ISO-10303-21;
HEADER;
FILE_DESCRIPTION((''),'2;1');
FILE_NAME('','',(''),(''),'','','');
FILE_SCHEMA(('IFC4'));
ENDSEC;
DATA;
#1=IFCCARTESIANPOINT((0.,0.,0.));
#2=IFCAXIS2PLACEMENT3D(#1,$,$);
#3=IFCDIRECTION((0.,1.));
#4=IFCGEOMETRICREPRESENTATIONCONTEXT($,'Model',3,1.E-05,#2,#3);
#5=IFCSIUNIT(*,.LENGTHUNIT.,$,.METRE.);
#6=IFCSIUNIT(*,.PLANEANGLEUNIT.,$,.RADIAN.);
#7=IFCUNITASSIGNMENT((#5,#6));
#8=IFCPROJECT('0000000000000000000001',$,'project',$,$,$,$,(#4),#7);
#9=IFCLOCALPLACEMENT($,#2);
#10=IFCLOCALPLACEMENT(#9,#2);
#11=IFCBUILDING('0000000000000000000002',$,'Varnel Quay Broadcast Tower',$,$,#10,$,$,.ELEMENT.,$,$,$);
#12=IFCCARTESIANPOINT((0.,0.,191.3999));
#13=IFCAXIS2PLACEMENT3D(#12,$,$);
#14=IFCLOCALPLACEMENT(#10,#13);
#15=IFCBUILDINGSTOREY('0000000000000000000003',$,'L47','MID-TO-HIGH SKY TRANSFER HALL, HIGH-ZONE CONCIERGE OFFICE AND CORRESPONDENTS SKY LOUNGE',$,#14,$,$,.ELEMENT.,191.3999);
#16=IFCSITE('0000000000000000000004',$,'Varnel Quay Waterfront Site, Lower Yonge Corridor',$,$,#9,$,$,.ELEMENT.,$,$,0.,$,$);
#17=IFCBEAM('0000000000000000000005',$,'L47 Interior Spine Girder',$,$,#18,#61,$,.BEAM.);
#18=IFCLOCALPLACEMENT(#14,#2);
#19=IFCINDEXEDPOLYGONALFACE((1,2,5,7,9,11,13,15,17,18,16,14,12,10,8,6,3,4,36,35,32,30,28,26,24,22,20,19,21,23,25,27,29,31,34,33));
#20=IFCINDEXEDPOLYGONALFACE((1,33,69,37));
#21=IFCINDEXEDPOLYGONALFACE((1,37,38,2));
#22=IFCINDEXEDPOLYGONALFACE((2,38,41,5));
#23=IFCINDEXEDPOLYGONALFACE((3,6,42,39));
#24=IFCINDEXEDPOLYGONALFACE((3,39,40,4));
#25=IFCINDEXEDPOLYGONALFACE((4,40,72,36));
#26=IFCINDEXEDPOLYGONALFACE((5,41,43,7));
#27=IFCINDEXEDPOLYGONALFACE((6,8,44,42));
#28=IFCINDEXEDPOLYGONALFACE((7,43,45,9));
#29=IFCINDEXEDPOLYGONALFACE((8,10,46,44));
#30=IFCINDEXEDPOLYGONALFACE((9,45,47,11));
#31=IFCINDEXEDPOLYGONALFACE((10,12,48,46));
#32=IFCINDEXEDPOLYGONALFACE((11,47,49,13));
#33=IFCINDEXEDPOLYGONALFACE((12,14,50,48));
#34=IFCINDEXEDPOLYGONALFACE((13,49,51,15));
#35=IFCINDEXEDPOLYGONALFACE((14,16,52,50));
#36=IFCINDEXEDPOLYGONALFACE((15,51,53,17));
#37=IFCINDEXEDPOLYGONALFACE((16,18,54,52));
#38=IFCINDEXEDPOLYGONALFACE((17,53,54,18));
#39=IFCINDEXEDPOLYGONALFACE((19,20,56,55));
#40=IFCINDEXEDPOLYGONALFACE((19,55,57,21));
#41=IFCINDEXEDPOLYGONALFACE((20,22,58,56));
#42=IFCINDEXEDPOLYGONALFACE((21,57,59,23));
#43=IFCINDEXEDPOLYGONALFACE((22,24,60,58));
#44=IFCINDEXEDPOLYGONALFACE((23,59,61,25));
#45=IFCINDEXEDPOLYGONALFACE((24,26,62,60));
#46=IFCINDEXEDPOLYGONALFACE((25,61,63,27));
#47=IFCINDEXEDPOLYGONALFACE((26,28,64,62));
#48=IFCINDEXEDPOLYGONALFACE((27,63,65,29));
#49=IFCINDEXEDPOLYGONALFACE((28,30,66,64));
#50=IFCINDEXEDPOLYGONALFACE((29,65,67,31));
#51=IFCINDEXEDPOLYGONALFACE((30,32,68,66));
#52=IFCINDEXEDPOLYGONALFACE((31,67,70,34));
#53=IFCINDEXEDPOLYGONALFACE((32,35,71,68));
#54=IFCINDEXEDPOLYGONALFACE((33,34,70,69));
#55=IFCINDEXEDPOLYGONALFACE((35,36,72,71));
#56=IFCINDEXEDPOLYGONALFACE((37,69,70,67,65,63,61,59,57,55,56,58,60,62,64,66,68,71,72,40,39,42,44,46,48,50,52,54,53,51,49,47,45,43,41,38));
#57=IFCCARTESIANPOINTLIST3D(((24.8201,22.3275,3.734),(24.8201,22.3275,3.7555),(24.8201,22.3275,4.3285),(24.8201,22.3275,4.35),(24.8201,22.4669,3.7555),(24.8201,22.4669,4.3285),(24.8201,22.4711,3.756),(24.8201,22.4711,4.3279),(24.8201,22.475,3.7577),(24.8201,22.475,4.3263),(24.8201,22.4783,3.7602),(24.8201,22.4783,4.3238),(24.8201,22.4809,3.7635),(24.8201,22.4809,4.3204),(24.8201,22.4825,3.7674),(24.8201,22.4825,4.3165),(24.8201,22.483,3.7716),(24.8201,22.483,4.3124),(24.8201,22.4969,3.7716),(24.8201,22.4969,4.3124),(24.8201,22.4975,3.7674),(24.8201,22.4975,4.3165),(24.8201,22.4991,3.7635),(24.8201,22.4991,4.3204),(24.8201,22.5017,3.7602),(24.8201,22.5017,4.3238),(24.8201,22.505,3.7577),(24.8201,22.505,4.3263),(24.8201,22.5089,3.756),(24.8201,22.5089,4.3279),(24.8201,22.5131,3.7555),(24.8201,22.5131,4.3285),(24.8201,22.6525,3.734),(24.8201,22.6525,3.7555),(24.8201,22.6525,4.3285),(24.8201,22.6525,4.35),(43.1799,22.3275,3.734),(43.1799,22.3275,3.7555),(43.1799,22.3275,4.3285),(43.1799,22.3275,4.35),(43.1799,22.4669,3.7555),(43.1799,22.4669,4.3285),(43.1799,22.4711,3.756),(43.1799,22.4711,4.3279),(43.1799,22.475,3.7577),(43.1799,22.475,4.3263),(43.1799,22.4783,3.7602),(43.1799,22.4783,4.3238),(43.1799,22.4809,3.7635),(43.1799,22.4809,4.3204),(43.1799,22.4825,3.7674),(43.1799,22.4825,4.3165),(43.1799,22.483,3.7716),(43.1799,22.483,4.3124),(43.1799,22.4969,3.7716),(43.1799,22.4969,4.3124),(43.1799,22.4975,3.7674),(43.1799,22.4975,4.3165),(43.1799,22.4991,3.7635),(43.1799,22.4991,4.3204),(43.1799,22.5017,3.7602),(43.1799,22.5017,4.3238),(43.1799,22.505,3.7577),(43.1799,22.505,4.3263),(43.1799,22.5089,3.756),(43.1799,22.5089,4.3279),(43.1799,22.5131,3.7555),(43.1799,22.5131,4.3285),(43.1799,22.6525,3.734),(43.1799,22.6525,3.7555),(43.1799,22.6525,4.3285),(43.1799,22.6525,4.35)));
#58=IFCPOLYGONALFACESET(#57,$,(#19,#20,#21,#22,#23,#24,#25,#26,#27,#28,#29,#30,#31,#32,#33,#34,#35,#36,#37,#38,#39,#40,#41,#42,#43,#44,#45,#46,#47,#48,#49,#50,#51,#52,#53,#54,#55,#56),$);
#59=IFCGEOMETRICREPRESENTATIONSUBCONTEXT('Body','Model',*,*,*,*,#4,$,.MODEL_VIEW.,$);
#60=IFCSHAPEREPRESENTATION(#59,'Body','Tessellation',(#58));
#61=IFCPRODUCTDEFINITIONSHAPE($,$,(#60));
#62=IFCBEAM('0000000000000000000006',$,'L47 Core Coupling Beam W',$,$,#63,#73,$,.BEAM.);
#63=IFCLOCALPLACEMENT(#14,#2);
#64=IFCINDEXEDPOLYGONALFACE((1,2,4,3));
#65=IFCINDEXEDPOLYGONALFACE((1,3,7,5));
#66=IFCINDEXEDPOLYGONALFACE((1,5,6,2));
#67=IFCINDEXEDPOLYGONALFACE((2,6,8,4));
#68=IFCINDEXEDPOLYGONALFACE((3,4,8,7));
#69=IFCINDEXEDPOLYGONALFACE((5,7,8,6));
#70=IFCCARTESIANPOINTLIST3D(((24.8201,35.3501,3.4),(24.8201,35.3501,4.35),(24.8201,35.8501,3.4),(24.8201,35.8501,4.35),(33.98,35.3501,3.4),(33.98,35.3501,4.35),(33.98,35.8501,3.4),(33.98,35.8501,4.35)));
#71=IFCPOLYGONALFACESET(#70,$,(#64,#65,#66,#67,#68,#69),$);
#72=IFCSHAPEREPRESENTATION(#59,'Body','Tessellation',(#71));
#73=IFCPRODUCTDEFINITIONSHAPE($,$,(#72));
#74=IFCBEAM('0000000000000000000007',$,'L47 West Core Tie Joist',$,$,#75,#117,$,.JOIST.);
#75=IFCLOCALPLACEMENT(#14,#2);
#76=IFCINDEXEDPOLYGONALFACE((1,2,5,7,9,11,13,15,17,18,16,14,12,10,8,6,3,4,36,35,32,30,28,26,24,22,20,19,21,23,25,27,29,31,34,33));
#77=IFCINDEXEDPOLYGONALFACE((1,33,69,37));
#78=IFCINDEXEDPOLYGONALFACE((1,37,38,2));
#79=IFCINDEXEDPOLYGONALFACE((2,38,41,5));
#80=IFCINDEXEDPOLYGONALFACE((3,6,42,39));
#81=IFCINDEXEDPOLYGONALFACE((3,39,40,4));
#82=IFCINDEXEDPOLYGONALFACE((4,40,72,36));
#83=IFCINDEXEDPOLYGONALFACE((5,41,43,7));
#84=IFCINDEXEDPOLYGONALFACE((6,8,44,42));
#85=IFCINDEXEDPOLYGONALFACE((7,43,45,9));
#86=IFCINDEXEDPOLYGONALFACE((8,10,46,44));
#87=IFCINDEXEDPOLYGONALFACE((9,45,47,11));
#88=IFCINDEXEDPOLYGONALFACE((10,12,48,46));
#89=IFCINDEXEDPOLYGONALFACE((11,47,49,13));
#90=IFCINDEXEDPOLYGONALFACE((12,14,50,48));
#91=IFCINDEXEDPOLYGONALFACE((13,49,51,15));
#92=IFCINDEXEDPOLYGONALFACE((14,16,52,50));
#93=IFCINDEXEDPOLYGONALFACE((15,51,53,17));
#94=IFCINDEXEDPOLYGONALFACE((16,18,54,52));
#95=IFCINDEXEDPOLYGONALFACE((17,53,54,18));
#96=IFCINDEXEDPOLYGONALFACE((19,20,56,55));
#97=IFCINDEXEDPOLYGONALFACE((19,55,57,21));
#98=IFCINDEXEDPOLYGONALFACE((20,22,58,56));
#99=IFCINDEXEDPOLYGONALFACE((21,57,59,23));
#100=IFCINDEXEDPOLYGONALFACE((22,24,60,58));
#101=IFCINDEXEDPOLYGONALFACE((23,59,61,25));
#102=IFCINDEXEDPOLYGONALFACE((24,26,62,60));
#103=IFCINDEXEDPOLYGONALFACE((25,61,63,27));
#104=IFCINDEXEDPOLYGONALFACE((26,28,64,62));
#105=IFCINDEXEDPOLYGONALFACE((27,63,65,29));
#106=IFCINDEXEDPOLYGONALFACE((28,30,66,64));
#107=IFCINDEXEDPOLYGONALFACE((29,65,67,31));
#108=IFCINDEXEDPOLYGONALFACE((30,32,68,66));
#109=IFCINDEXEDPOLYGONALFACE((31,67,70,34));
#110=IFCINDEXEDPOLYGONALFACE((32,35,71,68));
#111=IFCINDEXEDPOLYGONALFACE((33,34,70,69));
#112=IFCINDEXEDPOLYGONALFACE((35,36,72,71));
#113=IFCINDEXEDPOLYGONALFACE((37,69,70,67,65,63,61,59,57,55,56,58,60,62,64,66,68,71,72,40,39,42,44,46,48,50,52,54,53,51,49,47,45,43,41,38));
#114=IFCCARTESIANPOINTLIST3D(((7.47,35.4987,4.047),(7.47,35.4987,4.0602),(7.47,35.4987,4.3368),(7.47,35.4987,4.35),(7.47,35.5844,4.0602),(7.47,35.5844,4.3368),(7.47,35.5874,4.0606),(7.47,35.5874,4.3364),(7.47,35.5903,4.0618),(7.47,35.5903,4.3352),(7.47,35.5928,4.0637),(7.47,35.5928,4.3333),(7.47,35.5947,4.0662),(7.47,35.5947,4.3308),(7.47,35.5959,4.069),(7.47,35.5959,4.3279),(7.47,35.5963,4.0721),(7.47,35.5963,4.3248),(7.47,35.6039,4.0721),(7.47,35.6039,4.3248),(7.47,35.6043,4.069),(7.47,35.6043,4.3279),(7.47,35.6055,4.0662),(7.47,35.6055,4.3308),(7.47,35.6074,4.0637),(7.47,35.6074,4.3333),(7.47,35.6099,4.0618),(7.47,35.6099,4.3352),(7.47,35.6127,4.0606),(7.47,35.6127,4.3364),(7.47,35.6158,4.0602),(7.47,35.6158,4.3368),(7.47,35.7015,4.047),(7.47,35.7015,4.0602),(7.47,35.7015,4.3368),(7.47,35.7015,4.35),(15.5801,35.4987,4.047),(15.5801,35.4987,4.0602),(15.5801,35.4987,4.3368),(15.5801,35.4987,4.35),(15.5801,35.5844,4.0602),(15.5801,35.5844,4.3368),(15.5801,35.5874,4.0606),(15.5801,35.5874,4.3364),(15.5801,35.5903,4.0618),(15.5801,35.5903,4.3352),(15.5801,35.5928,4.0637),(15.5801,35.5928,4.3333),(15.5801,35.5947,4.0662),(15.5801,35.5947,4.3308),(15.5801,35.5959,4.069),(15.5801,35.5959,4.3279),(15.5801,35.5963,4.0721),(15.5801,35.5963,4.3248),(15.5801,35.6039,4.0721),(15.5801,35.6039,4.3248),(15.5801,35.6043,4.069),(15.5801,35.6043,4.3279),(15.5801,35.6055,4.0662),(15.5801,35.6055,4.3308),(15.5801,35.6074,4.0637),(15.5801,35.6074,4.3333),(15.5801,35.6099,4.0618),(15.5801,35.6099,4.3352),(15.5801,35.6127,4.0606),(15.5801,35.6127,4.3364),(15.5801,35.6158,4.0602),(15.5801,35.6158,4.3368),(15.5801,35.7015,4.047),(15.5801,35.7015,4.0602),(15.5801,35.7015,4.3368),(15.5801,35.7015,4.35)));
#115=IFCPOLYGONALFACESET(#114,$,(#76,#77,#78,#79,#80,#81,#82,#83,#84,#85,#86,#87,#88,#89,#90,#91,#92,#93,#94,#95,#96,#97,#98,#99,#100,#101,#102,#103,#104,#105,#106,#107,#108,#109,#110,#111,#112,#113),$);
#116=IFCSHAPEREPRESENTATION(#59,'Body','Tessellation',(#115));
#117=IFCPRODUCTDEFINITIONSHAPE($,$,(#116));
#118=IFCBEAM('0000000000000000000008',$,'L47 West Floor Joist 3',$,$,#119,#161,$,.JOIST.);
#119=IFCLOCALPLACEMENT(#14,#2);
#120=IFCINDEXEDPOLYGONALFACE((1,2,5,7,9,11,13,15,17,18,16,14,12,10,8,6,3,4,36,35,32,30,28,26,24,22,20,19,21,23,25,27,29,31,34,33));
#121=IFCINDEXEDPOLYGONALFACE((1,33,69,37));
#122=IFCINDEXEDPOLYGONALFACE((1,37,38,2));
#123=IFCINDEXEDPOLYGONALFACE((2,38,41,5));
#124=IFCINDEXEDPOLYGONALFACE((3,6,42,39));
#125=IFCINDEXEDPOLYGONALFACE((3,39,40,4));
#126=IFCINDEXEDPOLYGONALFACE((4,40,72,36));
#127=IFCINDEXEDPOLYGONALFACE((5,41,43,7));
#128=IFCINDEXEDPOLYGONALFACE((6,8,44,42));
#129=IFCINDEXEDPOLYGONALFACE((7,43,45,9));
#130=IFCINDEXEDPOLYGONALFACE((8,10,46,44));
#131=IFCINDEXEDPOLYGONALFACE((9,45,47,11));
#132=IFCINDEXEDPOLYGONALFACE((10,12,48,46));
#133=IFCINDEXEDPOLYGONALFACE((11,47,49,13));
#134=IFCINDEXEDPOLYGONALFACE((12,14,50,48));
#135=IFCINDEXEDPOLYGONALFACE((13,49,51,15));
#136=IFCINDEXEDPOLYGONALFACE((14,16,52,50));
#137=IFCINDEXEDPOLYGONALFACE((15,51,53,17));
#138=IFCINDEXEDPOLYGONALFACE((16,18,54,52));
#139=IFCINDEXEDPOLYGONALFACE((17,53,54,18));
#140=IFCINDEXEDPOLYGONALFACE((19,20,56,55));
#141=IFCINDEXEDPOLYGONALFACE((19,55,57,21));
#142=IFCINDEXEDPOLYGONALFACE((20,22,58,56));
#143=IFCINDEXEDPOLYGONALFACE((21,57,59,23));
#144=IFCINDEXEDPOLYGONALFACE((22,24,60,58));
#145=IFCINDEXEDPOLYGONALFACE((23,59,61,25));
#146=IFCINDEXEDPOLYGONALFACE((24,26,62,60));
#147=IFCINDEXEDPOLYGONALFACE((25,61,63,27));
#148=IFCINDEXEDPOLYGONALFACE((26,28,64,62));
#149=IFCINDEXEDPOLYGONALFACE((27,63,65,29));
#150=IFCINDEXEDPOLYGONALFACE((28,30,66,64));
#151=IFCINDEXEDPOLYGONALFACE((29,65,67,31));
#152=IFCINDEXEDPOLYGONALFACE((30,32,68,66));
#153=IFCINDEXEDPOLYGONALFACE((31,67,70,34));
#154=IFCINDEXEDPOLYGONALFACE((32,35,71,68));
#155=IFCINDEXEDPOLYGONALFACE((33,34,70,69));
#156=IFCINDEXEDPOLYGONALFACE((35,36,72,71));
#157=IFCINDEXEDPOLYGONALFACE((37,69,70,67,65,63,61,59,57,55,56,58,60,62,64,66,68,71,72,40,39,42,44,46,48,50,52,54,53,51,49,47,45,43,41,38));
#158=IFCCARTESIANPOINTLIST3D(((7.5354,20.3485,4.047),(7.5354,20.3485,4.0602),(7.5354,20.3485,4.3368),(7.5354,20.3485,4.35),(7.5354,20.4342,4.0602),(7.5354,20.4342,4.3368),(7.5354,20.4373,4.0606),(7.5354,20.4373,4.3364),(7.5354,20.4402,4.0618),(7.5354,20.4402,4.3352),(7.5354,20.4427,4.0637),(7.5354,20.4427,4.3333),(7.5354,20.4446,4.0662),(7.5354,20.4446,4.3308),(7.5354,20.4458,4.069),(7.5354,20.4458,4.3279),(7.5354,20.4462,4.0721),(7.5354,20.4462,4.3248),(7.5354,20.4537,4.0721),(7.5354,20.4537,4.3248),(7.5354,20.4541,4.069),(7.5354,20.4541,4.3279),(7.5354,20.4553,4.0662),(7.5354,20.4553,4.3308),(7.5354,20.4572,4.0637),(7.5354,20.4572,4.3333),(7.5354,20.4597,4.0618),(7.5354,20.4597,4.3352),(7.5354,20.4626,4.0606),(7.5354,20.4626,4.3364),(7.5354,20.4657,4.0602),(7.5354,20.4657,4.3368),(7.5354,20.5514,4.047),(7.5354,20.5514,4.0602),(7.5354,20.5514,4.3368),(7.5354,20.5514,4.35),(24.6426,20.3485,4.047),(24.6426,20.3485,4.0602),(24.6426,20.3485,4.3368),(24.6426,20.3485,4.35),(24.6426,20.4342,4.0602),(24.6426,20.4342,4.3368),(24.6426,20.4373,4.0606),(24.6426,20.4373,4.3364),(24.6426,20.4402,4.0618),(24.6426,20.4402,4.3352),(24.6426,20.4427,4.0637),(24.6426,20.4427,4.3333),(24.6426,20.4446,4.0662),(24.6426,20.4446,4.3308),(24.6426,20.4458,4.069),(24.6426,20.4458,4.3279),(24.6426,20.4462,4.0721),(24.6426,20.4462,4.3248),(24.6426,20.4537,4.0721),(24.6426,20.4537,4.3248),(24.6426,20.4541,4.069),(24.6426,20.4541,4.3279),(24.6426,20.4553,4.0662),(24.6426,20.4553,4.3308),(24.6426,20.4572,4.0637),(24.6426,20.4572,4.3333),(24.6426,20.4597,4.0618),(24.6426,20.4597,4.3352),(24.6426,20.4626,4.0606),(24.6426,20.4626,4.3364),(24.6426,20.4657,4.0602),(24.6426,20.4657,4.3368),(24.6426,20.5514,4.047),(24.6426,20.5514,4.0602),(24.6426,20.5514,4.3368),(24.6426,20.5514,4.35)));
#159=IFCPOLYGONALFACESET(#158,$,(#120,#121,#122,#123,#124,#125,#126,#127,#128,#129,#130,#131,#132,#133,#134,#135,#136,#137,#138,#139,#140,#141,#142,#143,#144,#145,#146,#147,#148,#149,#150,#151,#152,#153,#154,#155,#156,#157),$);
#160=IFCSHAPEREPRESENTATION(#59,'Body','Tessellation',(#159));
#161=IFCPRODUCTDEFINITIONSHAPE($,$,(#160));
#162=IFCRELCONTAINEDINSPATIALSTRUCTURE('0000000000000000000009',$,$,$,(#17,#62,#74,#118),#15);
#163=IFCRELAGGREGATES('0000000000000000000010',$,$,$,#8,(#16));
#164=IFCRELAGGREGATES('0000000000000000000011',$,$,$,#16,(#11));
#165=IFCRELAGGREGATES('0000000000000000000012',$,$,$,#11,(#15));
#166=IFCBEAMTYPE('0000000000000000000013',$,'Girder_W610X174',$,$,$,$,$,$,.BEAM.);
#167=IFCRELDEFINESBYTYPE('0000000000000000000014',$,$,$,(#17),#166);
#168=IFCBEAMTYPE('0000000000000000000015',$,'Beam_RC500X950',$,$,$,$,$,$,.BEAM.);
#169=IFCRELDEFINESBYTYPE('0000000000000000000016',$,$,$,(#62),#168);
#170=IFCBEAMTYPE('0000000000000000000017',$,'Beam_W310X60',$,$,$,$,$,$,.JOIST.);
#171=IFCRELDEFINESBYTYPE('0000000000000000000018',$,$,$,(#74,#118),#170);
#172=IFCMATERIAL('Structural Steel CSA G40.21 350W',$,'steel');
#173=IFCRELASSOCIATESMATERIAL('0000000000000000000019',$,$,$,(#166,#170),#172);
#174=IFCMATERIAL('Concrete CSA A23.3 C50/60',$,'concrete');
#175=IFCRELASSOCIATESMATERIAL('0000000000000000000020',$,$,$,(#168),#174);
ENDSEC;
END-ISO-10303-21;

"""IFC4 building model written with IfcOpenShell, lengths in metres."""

from ifc_helpers import new_model, si_unit, direction, frame, origin, origin_2d, place, context, subcontext, project, spatial, rectangle, i_section, extrude, source, transform, mapped, material, material_profile, profile_set, type_object, type_shapes, element, save


model = new_model("IFC4")

# Units and contexts
model_context = context("Model", 3, precision=1e-05, world=origin(), true_north=direction((0.0, 1.0)))
body_context = subcontext(model_context, "Body", "Model", "MODEL_VIEW")
ifc_project = project(units=[si_unit("LENGTHUNIT", "METRE"), si_unit("PLANEANGLEUNIT", "RADIAN")], contexts=[model_context])

# Site, building, storey
site_placement = place(None, origin())
site = spatial("IfcSite", under=ifc_project, at=site_placement, Name="Varnel Quay Waterfront Site, Lower Yonge Corridor", CompositionType="ELEMENT", RefElevation=0.0)
building_placement = place(site_placement, origin())
building = spatial("IfcBuilding", under=site, at=building_placement, Name="Varnel Quay Broadcast Tower", CompositionType="ELEMENT")
storey_placement = place(building_placement, frame((0.0, 0.0, 191.3999)))
storey = spatial("IfcBuildingStorey", under=building, at=storey_placement, Name="L47", Description="MID-TO-HIGH SKY TRANSFER HALL, HIGH-ZONE CONCIERGE OFFICE AND CORRESPONDENTS SKY LOUNGE", CompositionType="ELEMENT", Elevation=191.3999)

# Shared definitions
ifc_material_1 = material(Name="Structural Steel CSA G40.21 350W", Category="steel")
ifc_material_2 = material(Name="Concrete CSA A23.3 C50/60", Category="concrete")

# Beams
ifc_material_profile_1 = material_profile(ifc_material_1, i_section(OverallWidth=0.325, OverallDepth=0.616, WebThickness=0.0139, FlangeThickness=0.0215, FilletRadius=0.0161, at=origin_2d()), Name="W610X174")
ifc_profile_set_1 = profile_set([ifc_material_profile_1], Name="Structural Steel CSA G40.21 350W")
beam_type_1 = type_object("IfcBeamType", Name="Girder_W610X174", PredefinedType="BEAM", material=ifc_profile_set_1)
shared_shape_1 = source(origin(), body_context, "Body", "SweptSolid", [
    extrude(i_section(OverallWidth=0.325, OverallDepth=0.616, WebThickness=0.0139, FlangeThickness=0.0215, FilletRadius=0.0161, at=origin_2d()), origin(), (0.0, 0.0, 1.0), 18.3599),
])
beam_1_placement = place(storey_placement, frame((24.8201, 22.49, 4.042), z_axis=(1.0, 0.0, 0.0), x_axis=(0.0, 1.0, 0.0)))
element("IfcBeam", 1, at=beam_1_placement, inside=storey, type_object=beam_type_1, Name="L47 Interior Spine Girder", PredefinedType="BEAM", context=body_context, shape_type="MappedRepresentation", body=[
    mapped(shared_shape_1, transform((0.0, 0.0, 0.0), x_axis=(1.0, 0.0, 0.0), y_axis=(0.0, 1.0, 0.0), z_axis=(0.0, 0.0, 1.0), scale=1.0)),
])
ifc_material_profile_2 = material_profile(ifc_material_2, rectangle(XDim=0.5, YDim=0.95, at=origin_2d()), Name="RC500X950")
ifc_profile_set_2 = profile_set([ifc_material_profile_2], Name="Concrete CSA A23.3 C50/60")
beam_type_2 = type_object("IfcBeamType", Name="Beam_RC500X950", PredefinedType="BEAM", material=ifc_profile_set_2)
shared_shape_2 = source(origin(), body_context, "Body", "SweptSolid", [
    extrude(rectangle(XDim=0.5, YDim=0.95, at=origin_2d()), origin(), (0.0, 0.0, 1.0), 9.1599),
])
type_shapes(beam_type_2, [shared_shape_2])
beam_2_placement = place(storey_placement, frame((24.8201, 35.6001, 3.875), z_axis=(1.0, 0.0, 0.0), x_axis=(0.0, 1.0, 0.0)))
element("IfcBeam", 2, at=beam_2_placement, inside=storey, type_object=beam_type_2, Name="L47 Core Coupling Beam W", PredefinedType="BEAM", context=body_context, shape_type="MappedRepresentation", body=[
    mapped(shared_shape_2, transform((0.0, 0.0, 0.0), x_axis=(1.0, 0.0, 0.0), y_axis=(0.0, 1.0, 0.0), z_axis=(0.0, 0.0, 1.0), scale=1.0)),
])
ifc_material_profile_3 = material_profile(ifc_material_1, i_section(OverallWidth=0.2029, OverallDepth=0.303, WebThickness=0.0076, FlangeThickness=0.0132, FilletRadius=0.012, at=origin_2d()), Name="W310X60")
ifc_profile_set_3 = profile_set([ifc_material_profile_3], Name="Structural Steel CSA G40.21 350W")
beam_type_3 = type_object("IfcBeamType", Name="Beam_W310X60", PredefinedType="JOIST", material=ifc_profile_set_3)
shared_shape_3 = source(origin(), body_context, "Body", "SweptSolid", [
    extrude(i_section(OverallWidth=0.2029, OverallDepth=0.303, WebThickness=0.0076, FlangeThickness=0.0132, FilletRadius=0.012, at=origin_2d()), origin(), (0.0, 0.0, 1.0), 8.1101),
])
beam_3_placement = place(storey_placement, frame((7.47, 35.6001, 4.1985), z_axis=(1.0, 0.0, 0.0), x_axis=(0.0, 1.0, 0.0)))
element("IfcBeam", 3, at=beam_3_placement, inside=storey, type_object=beam_type_3, Name="L47 West Core Tie Joist", PredefinedType="JOIST", context=body_context, shape_type="MappedRepresentation", body=[
    mapped(shared_shape_3, transform((0.0, 0.0, 0.0), x_axis=(1.0, 0.0, 0.0), y_axis=(0.0, 1.0, 0.0), z_axis=(0.0, 0.0, 1.0), scale=1.0)),
])
shared_shape_4 = source(origin(), body_context, "Body", "SweptSolid", [
    extrude(i_section(OverallWidth=0.2029, OverallDepth=0.303, WebThickness=0.0076, FlangeThickness=0.0132, FilletRadius=0.012, at=origin_2d()), origin(), (0.0, 0.0, 1.0), 17.1072),
])
for number, where, z_axis, x_axis, name in (
    (4, (7.5354, 20.45, 4.1985), (1.0, 0.0, 0.0), (0.0, 1.0, 0.0), "L47 West Floor Joist 3"),
):
    element("IfcBeam", number, at=place(storey_placement, frame(where, z_axis=z_axis, x_axis=x_axis)), inside=storey, type_object=beam_type_3, Name=name, PredefinedType="JOIST", context=body_context, shape_type="MappedRepresentation", body=[
        mapped(shared_shape_4, transform((0.0, 0.0, 0.0), x_axis=(1.0, 0.0, 0.0), y_axis=(0.0, 1.0, 0.0), z_axis=(0.0, 0.0, 1.0), scale=1.0)),
    ])

save(model, "model.ifc")
